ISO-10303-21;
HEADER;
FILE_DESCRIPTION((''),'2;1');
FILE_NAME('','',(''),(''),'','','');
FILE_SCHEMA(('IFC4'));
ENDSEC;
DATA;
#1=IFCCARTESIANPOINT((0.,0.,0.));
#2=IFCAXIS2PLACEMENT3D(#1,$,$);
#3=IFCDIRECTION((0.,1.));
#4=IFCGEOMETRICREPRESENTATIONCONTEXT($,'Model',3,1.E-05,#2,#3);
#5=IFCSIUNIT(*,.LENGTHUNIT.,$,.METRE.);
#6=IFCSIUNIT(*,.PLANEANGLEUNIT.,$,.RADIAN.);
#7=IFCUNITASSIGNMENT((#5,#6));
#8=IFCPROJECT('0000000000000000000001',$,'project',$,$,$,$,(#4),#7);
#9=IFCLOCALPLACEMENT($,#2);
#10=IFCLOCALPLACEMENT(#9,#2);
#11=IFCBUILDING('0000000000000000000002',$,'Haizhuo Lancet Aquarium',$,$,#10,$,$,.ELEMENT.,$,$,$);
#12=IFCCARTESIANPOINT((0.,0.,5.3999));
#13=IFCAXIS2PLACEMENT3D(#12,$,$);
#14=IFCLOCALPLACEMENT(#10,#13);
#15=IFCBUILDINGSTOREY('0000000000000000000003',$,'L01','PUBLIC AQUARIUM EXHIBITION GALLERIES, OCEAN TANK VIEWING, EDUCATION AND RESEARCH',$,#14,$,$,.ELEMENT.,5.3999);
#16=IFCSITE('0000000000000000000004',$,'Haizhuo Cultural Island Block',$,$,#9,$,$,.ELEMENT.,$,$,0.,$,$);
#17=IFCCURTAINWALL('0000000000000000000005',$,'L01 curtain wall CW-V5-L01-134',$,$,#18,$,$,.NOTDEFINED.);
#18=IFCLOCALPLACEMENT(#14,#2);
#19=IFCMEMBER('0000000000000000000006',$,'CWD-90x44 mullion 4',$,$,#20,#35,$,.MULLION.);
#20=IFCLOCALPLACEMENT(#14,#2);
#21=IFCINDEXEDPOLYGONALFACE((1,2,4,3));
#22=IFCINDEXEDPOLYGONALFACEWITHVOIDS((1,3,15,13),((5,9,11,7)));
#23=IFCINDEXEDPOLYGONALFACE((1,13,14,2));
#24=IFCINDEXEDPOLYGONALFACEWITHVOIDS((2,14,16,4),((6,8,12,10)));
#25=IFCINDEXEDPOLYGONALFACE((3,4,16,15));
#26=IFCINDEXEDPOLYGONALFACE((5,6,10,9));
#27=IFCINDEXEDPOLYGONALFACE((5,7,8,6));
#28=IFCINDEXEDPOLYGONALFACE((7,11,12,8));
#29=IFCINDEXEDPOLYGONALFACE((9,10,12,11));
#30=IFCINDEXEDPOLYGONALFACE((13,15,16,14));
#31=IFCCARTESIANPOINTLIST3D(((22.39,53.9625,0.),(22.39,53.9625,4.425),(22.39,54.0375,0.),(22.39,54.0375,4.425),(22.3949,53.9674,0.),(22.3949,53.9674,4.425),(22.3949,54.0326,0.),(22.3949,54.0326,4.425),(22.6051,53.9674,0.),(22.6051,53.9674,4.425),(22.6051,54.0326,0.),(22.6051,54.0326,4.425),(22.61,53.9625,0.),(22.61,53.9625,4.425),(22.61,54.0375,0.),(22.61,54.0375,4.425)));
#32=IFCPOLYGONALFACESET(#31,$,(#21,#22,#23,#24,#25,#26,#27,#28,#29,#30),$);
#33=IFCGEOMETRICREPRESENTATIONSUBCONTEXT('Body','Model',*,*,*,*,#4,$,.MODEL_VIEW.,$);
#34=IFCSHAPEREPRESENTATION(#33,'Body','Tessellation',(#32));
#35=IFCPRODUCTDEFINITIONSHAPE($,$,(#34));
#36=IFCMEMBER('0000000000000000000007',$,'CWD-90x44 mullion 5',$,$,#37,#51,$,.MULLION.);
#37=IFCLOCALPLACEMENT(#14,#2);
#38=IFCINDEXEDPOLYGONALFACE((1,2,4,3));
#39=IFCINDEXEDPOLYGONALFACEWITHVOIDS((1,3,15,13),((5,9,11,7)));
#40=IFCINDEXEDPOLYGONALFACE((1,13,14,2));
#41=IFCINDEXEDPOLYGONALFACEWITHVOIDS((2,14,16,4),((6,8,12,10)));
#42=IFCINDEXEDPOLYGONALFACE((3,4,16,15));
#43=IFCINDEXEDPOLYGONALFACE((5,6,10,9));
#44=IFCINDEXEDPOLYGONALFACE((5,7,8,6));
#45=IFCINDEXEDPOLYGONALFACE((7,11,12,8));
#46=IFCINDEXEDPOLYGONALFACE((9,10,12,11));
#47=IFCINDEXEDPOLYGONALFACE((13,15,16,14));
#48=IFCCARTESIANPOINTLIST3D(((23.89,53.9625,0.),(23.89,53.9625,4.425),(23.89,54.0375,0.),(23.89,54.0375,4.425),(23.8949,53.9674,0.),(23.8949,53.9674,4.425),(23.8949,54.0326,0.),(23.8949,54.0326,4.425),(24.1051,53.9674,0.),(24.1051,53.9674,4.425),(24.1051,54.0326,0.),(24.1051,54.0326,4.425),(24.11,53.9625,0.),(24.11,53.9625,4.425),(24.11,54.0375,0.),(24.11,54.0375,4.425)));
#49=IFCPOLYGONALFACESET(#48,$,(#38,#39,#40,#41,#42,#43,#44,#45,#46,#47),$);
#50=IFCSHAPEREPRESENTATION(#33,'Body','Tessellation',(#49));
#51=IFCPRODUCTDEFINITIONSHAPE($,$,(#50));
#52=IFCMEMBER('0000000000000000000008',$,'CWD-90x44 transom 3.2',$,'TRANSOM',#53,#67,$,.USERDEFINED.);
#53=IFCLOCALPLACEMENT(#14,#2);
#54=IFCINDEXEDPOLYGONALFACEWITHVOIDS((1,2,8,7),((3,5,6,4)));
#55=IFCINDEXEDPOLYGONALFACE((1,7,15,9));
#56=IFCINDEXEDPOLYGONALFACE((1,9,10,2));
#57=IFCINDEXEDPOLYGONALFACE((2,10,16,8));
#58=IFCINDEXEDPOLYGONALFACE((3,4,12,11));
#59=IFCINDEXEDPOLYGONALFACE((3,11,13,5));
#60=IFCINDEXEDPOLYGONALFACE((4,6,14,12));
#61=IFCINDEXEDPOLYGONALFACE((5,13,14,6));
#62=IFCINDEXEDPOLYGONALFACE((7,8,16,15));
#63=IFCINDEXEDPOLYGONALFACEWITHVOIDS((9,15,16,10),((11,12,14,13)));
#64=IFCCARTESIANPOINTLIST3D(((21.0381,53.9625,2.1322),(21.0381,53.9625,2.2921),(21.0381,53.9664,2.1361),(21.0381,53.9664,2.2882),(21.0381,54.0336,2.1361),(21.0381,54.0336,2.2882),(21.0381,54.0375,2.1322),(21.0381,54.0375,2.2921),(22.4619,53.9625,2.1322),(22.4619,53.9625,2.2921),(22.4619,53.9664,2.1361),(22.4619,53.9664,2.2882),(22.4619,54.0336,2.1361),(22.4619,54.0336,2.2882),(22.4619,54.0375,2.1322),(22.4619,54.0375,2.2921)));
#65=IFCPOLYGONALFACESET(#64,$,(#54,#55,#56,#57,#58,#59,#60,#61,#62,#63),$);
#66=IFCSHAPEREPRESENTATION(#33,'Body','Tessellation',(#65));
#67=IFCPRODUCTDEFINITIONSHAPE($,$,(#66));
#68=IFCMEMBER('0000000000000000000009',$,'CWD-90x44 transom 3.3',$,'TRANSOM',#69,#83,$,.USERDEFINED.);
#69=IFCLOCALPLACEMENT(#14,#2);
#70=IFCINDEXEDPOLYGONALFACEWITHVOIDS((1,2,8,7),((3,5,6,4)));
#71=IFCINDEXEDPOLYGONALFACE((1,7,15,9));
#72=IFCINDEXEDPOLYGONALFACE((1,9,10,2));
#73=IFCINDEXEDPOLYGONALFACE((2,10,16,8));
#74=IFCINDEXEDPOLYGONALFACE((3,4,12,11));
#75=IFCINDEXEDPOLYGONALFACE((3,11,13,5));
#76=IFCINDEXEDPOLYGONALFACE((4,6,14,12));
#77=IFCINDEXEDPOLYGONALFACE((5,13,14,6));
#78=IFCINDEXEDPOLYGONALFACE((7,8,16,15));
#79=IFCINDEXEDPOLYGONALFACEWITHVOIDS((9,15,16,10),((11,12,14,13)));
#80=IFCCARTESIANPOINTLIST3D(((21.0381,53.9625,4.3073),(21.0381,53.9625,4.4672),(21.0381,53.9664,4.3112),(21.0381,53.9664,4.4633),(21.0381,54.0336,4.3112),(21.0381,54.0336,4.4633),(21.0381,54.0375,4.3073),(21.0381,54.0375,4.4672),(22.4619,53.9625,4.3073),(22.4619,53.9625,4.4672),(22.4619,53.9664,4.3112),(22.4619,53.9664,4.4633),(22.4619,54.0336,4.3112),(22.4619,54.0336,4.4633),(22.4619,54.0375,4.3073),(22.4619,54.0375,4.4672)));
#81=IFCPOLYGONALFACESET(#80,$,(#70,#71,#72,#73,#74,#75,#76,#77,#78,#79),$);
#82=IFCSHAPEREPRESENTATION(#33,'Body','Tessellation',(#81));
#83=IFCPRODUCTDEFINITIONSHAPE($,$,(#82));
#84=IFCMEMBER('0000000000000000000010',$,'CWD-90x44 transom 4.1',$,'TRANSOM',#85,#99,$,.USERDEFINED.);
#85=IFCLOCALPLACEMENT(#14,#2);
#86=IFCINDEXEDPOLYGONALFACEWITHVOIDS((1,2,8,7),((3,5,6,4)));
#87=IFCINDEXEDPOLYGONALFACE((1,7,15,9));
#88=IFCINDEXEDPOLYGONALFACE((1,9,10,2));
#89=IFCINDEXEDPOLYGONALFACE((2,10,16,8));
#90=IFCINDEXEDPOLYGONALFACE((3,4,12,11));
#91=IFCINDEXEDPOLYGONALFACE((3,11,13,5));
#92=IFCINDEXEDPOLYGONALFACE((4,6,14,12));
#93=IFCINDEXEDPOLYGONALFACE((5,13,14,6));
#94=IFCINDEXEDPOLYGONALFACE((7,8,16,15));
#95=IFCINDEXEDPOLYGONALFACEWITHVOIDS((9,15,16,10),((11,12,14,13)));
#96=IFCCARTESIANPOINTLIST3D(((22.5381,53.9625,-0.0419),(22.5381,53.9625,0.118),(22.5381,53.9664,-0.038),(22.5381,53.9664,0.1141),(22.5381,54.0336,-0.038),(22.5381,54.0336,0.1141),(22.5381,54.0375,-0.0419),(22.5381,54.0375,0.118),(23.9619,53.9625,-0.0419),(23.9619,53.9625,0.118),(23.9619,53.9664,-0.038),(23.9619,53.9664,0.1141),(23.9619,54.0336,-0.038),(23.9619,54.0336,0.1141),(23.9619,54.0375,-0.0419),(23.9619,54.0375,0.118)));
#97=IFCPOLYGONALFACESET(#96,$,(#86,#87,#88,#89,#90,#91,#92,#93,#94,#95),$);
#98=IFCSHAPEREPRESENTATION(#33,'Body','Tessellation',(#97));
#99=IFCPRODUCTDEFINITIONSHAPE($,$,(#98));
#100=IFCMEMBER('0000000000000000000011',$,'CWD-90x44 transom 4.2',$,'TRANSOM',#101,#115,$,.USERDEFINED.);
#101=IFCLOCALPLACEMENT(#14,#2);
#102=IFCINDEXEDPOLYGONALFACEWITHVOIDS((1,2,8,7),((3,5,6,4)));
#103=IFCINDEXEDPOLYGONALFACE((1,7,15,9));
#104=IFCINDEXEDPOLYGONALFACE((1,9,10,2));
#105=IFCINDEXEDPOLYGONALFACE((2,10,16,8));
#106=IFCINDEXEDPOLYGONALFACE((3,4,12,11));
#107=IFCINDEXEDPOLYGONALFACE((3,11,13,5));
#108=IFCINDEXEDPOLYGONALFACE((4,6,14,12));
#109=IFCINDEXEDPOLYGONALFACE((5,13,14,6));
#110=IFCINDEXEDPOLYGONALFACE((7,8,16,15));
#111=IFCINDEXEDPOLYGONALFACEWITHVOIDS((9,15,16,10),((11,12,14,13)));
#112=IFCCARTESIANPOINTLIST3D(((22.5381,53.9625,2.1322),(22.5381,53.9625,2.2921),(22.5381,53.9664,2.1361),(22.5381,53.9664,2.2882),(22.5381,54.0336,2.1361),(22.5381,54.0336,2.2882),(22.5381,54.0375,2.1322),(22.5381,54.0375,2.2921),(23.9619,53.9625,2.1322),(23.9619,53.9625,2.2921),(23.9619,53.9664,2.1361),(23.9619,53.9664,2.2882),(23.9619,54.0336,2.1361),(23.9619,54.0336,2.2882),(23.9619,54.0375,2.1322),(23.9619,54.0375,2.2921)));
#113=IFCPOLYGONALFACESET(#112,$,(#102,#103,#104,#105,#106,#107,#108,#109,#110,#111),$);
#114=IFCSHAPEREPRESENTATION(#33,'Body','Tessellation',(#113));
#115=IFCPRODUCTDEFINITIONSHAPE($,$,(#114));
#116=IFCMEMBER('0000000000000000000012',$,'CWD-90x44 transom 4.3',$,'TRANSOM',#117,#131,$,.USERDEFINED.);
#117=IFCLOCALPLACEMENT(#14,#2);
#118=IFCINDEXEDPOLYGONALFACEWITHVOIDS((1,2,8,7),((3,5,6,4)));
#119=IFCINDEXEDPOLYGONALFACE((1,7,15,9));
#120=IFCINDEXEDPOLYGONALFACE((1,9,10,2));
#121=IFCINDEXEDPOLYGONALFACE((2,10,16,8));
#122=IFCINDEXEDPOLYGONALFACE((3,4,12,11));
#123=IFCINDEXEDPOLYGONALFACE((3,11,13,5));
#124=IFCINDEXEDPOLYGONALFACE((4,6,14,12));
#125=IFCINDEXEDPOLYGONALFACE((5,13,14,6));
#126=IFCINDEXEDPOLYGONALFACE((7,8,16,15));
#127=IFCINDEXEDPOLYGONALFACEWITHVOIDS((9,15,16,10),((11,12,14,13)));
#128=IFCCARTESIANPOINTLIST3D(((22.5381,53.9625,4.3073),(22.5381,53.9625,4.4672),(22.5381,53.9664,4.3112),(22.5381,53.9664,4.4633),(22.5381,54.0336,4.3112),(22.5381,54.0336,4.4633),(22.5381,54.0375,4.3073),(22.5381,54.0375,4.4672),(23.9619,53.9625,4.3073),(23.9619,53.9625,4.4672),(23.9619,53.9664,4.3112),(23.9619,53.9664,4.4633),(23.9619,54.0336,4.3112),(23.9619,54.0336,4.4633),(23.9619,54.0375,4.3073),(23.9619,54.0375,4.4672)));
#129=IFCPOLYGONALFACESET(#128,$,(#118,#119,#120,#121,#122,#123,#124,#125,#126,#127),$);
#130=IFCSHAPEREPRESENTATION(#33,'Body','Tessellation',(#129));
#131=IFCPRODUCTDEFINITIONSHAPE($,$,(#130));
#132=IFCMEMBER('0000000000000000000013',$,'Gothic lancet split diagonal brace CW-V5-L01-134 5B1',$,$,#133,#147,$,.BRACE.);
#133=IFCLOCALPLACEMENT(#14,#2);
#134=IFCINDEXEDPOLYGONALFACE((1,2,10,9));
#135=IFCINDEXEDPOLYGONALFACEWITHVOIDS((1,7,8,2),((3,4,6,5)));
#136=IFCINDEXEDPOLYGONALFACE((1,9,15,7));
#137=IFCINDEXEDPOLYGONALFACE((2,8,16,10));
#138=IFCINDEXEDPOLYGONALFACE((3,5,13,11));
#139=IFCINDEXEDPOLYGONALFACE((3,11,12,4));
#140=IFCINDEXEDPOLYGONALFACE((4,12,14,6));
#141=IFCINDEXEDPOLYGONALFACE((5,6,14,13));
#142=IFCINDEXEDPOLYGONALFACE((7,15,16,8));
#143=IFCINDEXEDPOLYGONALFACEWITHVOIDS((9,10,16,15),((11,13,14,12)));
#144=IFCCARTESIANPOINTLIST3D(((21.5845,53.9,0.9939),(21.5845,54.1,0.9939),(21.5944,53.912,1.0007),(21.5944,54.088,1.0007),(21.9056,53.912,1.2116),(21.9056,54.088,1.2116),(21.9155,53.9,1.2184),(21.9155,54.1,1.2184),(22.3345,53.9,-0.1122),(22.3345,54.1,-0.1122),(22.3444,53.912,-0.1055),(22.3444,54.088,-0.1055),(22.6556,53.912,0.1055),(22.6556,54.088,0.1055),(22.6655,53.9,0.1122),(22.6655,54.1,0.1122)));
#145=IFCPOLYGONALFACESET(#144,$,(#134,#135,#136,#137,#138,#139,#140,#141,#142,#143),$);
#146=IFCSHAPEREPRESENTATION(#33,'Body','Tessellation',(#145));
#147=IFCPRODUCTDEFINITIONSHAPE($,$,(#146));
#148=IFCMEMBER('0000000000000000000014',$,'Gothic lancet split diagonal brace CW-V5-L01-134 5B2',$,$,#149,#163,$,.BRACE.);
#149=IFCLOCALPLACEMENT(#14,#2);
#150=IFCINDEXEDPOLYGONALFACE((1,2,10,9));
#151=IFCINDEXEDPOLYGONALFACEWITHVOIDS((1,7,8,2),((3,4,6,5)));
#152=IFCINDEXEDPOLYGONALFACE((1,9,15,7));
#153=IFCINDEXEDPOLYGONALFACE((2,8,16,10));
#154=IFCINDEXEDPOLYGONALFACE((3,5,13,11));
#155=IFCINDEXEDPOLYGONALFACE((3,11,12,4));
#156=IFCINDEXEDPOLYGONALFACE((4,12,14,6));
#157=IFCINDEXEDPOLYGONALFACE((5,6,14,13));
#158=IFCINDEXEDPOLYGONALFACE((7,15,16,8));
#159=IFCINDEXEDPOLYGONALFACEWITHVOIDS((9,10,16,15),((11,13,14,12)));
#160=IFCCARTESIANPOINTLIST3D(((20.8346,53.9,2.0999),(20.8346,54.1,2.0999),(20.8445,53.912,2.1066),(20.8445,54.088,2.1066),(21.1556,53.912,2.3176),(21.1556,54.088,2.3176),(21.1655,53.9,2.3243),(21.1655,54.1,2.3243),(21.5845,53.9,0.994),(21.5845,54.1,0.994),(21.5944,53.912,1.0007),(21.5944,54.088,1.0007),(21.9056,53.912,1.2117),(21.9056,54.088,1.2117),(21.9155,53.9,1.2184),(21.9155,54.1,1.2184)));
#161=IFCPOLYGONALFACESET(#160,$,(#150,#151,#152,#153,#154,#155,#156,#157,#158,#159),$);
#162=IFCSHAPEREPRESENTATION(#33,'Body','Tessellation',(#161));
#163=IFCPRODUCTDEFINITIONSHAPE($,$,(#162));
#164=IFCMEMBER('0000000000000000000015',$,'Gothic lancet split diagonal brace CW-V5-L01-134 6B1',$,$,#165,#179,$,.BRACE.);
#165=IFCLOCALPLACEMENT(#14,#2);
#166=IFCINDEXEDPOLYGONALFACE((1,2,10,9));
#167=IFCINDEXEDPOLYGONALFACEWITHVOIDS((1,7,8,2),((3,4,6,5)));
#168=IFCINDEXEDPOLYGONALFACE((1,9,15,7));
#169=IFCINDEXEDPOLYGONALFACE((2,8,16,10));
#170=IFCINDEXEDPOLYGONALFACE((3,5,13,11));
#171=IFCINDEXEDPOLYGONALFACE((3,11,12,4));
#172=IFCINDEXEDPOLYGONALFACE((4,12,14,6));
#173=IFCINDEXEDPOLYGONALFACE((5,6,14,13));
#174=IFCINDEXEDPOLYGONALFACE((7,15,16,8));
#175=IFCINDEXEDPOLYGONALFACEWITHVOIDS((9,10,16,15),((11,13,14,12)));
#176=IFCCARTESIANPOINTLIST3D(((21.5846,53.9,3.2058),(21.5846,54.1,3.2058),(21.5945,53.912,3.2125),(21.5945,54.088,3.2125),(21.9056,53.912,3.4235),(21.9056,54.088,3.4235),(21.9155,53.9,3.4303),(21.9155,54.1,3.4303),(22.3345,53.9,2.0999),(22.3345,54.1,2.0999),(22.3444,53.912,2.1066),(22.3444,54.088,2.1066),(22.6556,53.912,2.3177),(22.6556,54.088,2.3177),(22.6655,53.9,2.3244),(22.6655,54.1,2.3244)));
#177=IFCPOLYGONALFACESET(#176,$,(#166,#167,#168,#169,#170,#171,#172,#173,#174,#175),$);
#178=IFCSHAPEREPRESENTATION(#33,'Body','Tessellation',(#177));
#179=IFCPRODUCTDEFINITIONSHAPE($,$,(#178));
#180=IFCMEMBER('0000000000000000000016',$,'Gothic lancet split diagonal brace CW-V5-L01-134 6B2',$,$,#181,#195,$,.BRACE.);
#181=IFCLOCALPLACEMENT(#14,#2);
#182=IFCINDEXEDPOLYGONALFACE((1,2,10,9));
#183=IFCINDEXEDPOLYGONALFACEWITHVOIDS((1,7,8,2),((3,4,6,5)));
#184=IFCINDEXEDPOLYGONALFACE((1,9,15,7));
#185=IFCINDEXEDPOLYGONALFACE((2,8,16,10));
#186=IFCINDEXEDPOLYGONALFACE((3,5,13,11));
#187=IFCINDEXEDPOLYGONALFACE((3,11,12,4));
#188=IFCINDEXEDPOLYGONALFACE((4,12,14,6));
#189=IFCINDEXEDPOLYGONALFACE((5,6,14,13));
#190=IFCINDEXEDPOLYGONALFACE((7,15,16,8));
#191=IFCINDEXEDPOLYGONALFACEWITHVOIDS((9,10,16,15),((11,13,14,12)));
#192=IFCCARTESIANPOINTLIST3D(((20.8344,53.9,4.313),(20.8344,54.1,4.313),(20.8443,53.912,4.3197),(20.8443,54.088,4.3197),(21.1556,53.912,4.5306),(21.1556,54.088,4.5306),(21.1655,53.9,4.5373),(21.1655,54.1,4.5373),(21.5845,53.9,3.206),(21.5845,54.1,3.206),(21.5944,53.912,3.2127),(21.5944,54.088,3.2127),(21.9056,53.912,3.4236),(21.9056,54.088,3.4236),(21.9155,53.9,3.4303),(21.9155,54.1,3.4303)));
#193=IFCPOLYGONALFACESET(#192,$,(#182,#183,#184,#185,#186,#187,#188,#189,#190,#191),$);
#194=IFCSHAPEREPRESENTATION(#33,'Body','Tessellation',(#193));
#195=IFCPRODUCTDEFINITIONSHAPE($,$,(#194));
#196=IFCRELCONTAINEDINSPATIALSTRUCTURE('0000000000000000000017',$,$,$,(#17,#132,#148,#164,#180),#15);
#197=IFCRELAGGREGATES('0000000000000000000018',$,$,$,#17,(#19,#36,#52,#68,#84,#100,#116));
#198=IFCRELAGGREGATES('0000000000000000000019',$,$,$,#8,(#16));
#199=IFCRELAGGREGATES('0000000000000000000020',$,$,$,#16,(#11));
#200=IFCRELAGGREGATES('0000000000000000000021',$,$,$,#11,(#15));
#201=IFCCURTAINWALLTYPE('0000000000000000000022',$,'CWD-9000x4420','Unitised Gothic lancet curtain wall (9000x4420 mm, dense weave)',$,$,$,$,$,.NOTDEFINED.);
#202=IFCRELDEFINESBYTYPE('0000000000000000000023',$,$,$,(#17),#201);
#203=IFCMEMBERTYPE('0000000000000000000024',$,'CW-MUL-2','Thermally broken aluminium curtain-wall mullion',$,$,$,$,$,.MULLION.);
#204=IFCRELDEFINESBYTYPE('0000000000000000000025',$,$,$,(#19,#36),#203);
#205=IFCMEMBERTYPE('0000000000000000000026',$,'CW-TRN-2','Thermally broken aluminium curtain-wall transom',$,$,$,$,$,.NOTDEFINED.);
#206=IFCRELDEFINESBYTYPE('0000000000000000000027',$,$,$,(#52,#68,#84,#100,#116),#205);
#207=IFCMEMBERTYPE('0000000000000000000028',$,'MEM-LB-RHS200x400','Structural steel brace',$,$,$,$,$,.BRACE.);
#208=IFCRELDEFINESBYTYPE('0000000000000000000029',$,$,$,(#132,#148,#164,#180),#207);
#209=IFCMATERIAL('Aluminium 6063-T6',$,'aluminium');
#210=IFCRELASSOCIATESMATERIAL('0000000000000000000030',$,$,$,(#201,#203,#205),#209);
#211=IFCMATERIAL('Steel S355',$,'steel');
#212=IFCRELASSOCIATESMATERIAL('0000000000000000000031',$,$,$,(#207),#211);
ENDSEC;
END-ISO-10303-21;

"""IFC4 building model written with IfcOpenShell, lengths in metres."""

from ifc_helpers import new_model, si_unit, direction, frame, origin, origin_2d, place, context, subcontext, project, spatial, hollow_rectangle, extrude, material, material_profile, profile_set, type_object, element, aggregate, save


model = new_model("IFC4")

# Units and contexts
model_context = context("Model", 3, precision=1e-05, world=origin(), true_north=direction((0.0, 1.0)))
body_context = subcontext(model_context, "Body", "Model", "MODEL_VIEW")
ifc_project = project(units=[si_unit("LENGTHUNIT", "METRE"), si_unit("PLANEANGLEUNIT", "RADIAN")], contexts=[model_context])

# Site, building, storey
site_placement = place(None, origin())
site = spatial("IfcSite", under=ifc_project, at=site_placement, Name="Haizhuo Cultural Island Block", CompositionType="ELEMENT", RefElevation=0.0)
building_placement = place(site_placement, origin())
building = spatial("IfcBuilding", under=site, at=building_placement, Name="Haizhuo Lancet Aquarium", CompositionType="ELEMENT")
storey_placement = place(building_placement, frame((0.0, 0.0, 5.3999)))
storey = spatial("IfcBuildingStorey", under=building, at=storey_placement, Name="L01", Description="PUBLIC AQUARIUM EXHIBITION GALLERIES, OCEAN TANK VIEWING, EDUCATION AND RESEARCH", CompositionType="ELEMENT", Elevation=5.3999)

# Curtain wall, members
ifc_material_1 = material(Name="Aluminium 6063-T6", Category="aluminium")
curtain_wall_type = type_object("IfcCurtainWallType", Name="CWD-9000x4420", Description="Unitised Gothic lancet curtain wall (9000x4420 mm, dense weave)", PredefinedType="NOTDEFINED", material=ifc_material_1)
curtain_wall_placement = place(storey_placement, origin())
curtain_wall = element("IfcCurtainWall", 1, at=curtain_wall_placement, inside=storey, type_object=curtain_wall_type, Name="L01 curtain wall CW-V5-L01-134", PredefinedType="NOTDEFINED")
ifc_material_profile_1 = material_profile(ifc_material_1, hollow_rectangle(XDim=0.075, YDim=0.22, WallThickness=0.0049, at=origin_2d()), Name="ALU-M 75x220x5")
ifc_profile_set_1 = profile_set([ifc_material_profile_1], Name="Aluminium 6063-T6")
member_type_1 = type_object("IfcMemberType", Name="CW-MUL-2", Description="Thermally broken aluminium curtain-wall mullion", PredefinedType="MULLION", material=ifc_profile_set_1)
member_1_placement = place(storey_placement, frame((22.5, 54.0, 0.0), z_axis=(0.0, 0.0, 1.0), x_axis=(0.0, 1.0, 0.0)))
member_1 = element("IfcMember", 2, at=member_1_placement, type_object=member_type_1, Name="CWD-90x44 mullion 4", PredefinedType="MULLION", context=body_context, shape_type="SweptSolid", body=[
    extrude(hollow_rectangle(XDim=0.075, YDim=0.22, WallThickness=0.0049, at=origin_2d()), origin(), (0.0, 0.0, 1.0), 4.425),
])
member_2_placement = place(storey_placement, frame((24.0, 54.0, 0.0), z_axis=(0.0, 0.0, 1.0), x_axis=(0.0, 1.0, 0.0)))
member_2 = element("IfcMember", 3, at=member_2_placement, type_object=member_type_1, Name="CWD-90x44 mullion 5", PredefinedType="MULLION", context=body_context, shape_type="SweptSolid", body=[
    extrude(hollow_rectangle(XDim=0.075, YDim=0.22, WallThickness=0.0049, at=origin_2d()), origin(), (0.0, 0.0, 1.0), 4.425),
])
ifc_material_profile_2 = material_profile(ifc_material_1, hollow_rectangle(XDim=0.075, YDim=0.1599, WallThickness=0.0039, at=origin_2d()), Name="ALU-T 75x160x4")
ifc_profile_set_2 = profile_set([ifc_material_profile_2], Name="Aluminium 6063-T6")
member_type_2 = type_object("IfcMemberType", Name="CW-TRN-2", Description="Thermally broken aluminium curtain-wall transom", PredefinedType="NOTDEFINED", material=ifc_profile_set_2)
member_3_placement = place(storey_placement, frame((21.0381, 54.0, 2.2122), z_axis=(1.0, 0.0, 0.0), x_axis=(0.0, 1.0, 0.0)))
member_3 = element("IfcMember", 4, at=member_3_placement, type_object=member_type_2, Name="CWD-90x44 transom 3.2", ObjectType="TRANSOM", PredefinedType="USERDEFINED", context=body_context, shape_type="SweptSolid", body=[
    extrude(hollow_rectangle(XDim=0.075, YDim=0.1599, WallThickness=0.0039, at=origin_2d()), origin(), (0.0, 0.0, 1.0), 1.4238),
])
member_4_placement = place(storey_placement, frame((21.0381, 54.0, 4.3872), z_axis=(1.0, 0.0, 0.0), x_axis=(0.0, 1.0, 0.0)))
member_4 = element("IfcMember", 5, at=member_4_placement, type_object=member_type_2, Name="CWD-90x44 transom 3.3", ObjectType="TRANSOM", PredefinedType="USERDEFINED", context=body_context, shape_type="SweptSolid", body=[
    extrude(hollow_rectangle(XDim=0.075, YDim=0.1599, WallThickness=0.0039, at=origin_2d()), origin(), (0.0, 0.0, 1.0), 1.4238),
])
member_5_placement = place(storey_placement, frame((22.5381, 54.0, 0.0381), z_axis=(1.0, 0.0, 0.0), x_axis=(0.0, 1.0, 0.0)))
member_5 = element("IfcMember", 6, at=member_5_placement, type_object=member_type_2, Name="CWD-90x44 transom 4.1", ObjectType="TRANSOM", PredefinedType="USERDEFINED", context=body_context, shape_type="SweptSolid", body=[
    extrude(hollow_rectangle(XDim=0.075, YDim=0.1599, WallThickness=0.0039, at=origin_2d()), origin(), (0.0, 0.0, 1.0), 1.4238),
])
member_6_placement = place(storey_placement, frame((22.5381, 54.0, 2.2122), z_axis=(1.0, 0.0, 0.0), x_axis=(0.0, 1.0, 0.0)))
member_6 = element("IfcMember", 7, at=member_6_placement, type_object=member_type_2, Name="CWD-90x44 transom 4.2", ObjectType="TRANSOM", PredefinedType="USERDEFINED", context=body_context, shape_type="SweptSolid", body=[
    extrude(hollow_rectangle(XDim=0.075, YDim=0.1599, WallThickness=0.0039, at=origin_2d()), origin(), (0.0, 0.0, 1.0), 1.4238),
])
member_7_placement = place(storey_placement, frame((22.5381, 54.0, 4.3872), z_axis=(1.0, 0.0, 0.0), x_axis=(0.0, 1.0, 0.0)))
member_7 = element("IfcMember", 8, at=member_7_placement, type_object=member_type_2, Name="CWD-90x44 transom 4.3", ObjectType="TRANSOM", PredefinedType="USERDEFINED", context=body_context, shape_type="SweptSolid", body=[
    extrude(hollow_rectangle(XDim=0.075, YDim=0.1599, WallThickness=0.0039, at=origin_2d()), origin(), (0.0, 0.0, 1.0), 1.4238),
])

# Members
ifc_material_2 = material(Name="Steel S355", Category="steel")
ifc_material_profile_3 = material_profile(ifc_material_2, hollow_rectangle(XDim=0.2, YDim=0.3999, WallThickness=0.012, at=origin_2d()), Name="RHS 200x400x12")
ifc_profile_set_3 = profile_set([ifc_material_profile_3], Name="Steel S355")
member_type_3 = type_object("IfcMemberType", Name="MEM-LB-RHS200x400", Description="Structural steel brace", PredefinedType="BRACE", material=ifc_profile_set_3)
member_8_placement = place(storey_placement, frame((22.5, 54.0, 0.0), z_axis=(-0.561175, 0.0, 0.827697), x_axis=(0.0, -1.0, 0.0)))
element("IfcMember", 9, at=member_8_placement, inside=storey, type_object=member_type_3, Name="Gothic lancet split diagonal brace CW-V5-L01-134 5B1", PredefinedType="BRACE", context=body_context, shape_type="SweptSolid", body=[
    extrude(hollow_rectangle(XDim=0.2, YDim=0.3999, WallThickness=0.012, at=origin_2d()), origin(), (0.0, 0.0, 1.0), 1.3364),
])
for number, where, z_axis, x_axis, name in (
    (10, (21.75, 54.0, 1.1062), (-0.56126, 0.0, 0.827639), (0.0, -1.0, 0.0), "Gothic lancet split diagonal brace CW-V5-L01-134 5B2"),
    (11, (22.5, 54.0, 2.2122), (-0.56126, 0.0, 0.827639), (0.0, -1.0, 0.0), "Gothic lancet split diagonal brace CW-V5-L01-134 6B1"),
):
    element("IfcMember", number, at=place(storey_placement, frame(where, z_axis=z_axis, x_axis=x_axis)), inside=storey, type_object=member_type_3, Name=name, PredefinedType="BRACE", context=body_context, shape_type="SweptSolid", body=[
        extrude(hollow_rectangle(XDim=0.2, YDim=0.3999, WallThickness=0.012, at=origin_2d()), origin(), (0.0, 0.0, 1.0), 1.3362),
    ])
member_9_placement = place(storey_placement, frame((21.75, 54.0, 3.3181), z_axis=(-0.560921, 0.0, 0.827869), x_axis=(0.0, -1.0, 0.0)))
element("IfcMember", 12, at=member_9_placement, inside=storey, type_object=member_type_3, Name="Gothic lancet split diagonal brace CW-V5-L01-134 6B2", PredefinedType="BRACE", context=body_context, shape_type="SweptSolid", body=[
    extrude(hollow_rectangle(XDim=0.2, YDim=0.3999, WallThickness=0.012, at=origin_2d()), origin(), (0.0, 0.0, 1.0), 1.3372),
])

aggregate(curtain_wall, [member_1, member_2, member_3, member_4, member_5, member_6, member_7])

save(model, "model.ifc")
